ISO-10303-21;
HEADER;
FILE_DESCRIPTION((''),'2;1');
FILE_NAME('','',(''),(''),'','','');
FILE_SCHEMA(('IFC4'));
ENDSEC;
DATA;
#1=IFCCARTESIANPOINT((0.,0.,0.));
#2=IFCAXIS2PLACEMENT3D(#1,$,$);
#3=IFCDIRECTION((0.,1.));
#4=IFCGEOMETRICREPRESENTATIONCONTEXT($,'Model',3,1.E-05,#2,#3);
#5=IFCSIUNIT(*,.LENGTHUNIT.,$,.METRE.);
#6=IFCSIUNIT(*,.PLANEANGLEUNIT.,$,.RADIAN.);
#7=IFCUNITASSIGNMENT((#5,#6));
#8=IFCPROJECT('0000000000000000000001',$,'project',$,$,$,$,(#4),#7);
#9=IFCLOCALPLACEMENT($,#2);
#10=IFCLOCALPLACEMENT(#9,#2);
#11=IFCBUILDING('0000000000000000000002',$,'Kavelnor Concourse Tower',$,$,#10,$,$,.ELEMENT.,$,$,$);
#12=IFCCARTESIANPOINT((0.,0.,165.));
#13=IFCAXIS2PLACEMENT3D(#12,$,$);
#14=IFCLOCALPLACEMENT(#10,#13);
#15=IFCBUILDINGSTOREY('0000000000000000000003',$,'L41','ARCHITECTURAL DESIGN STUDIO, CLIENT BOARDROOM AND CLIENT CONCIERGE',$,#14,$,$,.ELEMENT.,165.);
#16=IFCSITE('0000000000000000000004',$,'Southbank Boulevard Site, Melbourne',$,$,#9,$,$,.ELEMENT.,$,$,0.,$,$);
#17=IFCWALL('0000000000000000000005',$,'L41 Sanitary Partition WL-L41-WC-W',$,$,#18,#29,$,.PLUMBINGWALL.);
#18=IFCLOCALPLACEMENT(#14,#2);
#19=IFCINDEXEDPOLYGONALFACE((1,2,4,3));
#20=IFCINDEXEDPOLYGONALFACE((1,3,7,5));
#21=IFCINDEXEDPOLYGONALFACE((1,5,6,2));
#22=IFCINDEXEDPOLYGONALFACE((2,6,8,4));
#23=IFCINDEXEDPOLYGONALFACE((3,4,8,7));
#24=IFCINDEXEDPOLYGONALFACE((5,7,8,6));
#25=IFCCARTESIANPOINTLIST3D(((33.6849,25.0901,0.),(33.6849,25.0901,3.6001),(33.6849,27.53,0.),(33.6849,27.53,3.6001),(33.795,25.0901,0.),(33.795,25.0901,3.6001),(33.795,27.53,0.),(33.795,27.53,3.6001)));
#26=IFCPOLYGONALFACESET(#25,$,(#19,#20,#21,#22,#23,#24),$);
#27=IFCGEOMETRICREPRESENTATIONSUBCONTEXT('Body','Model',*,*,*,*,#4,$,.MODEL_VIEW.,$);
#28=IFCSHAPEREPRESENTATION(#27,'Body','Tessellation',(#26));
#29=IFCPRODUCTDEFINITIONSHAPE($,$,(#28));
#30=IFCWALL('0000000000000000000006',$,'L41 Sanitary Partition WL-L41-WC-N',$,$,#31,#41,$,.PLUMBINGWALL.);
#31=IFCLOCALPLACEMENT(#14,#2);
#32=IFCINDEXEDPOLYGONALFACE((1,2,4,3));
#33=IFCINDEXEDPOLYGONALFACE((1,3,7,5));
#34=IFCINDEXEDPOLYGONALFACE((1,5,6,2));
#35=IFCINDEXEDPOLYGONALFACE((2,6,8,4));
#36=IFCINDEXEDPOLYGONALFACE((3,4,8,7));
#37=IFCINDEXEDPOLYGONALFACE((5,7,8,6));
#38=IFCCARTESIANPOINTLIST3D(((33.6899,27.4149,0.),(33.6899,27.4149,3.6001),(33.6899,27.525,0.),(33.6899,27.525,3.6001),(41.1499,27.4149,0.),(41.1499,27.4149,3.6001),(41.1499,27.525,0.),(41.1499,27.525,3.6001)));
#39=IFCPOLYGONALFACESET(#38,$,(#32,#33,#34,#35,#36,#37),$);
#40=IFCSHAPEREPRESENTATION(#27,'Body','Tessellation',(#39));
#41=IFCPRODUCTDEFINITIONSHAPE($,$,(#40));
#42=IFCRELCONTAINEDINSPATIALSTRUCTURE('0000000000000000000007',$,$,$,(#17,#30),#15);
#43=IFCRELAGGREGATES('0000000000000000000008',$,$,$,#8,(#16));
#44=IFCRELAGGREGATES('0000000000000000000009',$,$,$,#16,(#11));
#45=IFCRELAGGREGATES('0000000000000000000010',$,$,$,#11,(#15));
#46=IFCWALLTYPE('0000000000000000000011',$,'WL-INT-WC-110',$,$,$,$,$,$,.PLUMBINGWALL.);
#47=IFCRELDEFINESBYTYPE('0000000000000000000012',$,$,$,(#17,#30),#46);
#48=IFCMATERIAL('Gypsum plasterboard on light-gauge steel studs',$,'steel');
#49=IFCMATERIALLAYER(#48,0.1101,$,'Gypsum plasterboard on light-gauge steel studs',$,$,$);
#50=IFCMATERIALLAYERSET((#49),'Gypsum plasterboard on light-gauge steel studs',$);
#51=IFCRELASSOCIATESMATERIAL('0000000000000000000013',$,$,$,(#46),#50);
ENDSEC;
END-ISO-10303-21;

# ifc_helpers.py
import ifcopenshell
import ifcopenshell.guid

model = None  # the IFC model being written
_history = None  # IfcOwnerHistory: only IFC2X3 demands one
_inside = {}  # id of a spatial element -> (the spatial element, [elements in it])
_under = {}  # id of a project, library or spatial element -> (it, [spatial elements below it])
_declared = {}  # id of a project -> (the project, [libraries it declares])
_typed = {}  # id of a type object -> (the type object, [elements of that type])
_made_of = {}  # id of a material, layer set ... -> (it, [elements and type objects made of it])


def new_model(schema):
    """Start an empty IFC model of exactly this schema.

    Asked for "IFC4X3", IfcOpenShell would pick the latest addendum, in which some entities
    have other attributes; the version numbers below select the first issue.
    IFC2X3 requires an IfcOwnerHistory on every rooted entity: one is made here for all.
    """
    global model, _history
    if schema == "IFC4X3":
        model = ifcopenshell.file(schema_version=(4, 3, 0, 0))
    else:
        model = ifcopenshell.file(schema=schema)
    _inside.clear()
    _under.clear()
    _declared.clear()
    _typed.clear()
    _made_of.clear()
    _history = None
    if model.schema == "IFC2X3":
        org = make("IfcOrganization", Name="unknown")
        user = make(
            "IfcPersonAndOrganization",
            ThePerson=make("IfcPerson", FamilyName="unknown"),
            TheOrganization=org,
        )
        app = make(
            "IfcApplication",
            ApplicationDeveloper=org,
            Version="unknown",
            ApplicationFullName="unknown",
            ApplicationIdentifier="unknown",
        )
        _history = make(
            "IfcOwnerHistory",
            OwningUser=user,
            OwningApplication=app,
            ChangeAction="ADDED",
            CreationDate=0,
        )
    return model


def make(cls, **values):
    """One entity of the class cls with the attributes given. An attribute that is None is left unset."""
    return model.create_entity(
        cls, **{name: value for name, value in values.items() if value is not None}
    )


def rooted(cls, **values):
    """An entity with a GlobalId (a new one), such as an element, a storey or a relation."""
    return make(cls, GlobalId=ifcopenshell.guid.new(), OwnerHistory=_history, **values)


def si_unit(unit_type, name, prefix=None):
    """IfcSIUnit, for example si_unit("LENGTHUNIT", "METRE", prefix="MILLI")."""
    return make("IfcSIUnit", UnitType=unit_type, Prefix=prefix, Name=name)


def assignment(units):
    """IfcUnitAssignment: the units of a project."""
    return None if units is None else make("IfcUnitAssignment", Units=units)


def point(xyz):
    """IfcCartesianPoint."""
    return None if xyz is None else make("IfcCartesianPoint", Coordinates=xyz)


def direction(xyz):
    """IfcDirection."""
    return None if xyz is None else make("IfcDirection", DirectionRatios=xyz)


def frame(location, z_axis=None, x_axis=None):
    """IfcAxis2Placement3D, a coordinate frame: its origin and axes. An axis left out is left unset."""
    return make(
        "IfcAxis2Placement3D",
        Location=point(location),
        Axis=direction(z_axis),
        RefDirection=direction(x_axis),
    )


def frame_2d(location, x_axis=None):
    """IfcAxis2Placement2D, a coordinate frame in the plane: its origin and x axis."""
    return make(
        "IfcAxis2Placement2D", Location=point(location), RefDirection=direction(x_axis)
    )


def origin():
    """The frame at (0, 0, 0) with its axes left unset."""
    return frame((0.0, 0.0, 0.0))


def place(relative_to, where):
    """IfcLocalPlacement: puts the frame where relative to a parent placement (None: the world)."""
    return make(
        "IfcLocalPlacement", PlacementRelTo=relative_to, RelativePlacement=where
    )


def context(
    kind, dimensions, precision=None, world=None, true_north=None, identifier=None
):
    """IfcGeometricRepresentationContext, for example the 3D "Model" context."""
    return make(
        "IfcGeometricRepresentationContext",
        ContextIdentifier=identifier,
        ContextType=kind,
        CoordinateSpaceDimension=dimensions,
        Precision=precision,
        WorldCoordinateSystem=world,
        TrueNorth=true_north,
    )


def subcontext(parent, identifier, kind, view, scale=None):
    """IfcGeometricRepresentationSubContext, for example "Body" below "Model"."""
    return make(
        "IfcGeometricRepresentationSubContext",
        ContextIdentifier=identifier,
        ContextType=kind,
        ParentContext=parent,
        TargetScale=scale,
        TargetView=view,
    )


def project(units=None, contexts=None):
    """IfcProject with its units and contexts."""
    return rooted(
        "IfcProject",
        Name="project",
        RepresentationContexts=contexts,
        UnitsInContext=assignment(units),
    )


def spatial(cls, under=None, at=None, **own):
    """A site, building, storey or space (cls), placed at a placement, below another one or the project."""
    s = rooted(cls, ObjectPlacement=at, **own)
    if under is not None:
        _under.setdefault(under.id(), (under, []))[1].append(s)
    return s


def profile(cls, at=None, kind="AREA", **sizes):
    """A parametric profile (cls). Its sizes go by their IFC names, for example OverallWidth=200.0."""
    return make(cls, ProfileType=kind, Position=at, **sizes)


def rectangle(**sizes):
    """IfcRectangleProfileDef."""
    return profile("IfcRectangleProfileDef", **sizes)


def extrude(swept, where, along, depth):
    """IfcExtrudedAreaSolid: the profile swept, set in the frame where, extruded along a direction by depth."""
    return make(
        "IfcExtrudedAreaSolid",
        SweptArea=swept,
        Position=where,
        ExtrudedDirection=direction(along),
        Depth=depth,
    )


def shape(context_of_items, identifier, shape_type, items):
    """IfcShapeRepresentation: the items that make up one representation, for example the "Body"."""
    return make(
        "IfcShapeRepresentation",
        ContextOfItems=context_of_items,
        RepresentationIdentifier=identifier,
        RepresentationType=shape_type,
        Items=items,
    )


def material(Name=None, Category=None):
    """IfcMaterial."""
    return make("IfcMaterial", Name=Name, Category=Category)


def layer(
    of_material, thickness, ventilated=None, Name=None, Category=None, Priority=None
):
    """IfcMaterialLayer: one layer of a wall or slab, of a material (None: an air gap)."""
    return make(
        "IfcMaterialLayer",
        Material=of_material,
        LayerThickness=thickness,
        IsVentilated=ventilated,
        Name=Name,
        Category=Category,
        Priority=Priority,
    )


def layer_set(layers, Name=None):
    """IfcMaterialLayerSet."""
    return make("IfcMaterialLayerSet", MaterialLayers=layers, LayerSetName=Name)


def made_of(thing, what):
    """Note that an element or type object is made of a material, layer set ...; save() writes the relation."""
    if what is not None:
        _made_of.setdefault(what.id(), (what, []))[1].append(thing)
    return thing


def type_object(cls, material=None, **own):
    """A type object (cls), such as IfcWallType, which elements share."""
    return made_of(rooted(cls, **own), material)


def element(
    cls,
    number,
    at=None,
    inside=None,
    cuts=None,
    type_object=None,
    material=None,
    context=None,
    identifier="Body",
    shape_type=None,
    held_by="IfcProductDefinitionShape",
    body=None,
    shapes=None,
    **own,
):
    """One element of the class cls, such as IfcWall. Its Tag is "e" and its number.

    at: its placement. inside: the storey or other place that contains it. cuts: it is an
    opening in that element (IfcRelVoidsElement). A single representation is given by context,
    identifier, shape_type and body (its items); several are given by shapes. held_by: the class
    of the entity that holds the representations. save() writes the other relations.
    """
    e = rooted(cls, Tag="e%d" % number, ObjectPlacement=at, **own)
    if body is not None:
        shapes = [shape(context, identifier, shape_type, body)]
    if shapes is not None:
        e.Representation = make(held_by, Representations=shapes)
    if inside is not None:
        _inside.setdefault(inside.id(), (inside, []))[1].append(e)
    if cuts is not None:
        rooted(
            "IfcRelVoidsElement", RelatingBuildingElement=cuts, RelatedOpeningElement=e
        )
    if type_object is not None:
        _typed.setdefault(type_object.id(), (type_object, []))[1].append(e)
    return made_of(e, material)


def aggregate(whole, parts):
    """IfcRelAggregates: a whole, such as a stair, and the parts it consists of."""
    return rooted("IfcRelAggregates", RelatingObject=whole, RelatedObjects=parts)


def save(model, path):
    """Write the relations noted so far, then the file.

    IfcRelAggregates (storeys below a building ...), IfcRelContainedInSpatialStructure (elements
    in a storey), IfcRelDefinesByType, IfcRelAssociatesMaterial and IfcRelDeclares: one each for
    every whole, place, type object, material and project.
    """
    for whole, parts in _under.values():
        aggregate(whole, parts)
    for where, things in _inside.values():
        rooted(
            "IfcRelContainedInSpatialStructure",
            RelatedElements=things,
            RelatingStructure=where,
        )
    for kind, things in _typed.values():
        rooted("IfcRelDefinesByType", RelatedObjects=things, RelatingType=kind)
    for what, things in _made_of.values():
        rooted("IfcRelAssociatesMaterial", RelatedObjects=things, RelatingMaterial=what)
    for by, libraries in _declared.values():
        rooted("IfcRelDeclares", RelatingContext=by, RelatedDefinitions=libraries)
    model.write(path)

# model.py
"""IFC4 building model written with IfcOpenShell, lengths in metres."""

from ifc_helpers import new_model, si_unit, direction, frame, frame_2d, origin, place, context, subcontext, project, spatial, rectangle, extrude, material, layer, layer_set, type_object, element, save


model = new_model("IFC4")

# Units and contexts
model_context = context("Model", 3, precision=1e-05, world=origin(), true_north=direction((0.0, 1.0)))
body_context = subcontext(model_context, "Body", "Model", "MODEL_VIEW")
ifc_project = project(units=[si_unit("LENGTHUNIT", "METRE"), si_unit("PLANEANGLEUNIT", "RADIAN")], contexts=[model_context])

# Site, building, storey
site_placement = place(None, origin())
site = spatial("IfcSite", under=ifc_project, at=site_placement, Name="Southbank Boulevard Site, Melbourne", CompositionType="ELEMENT", RefElevation=0.0)
building_placement = place(site_placement, origin())
building = spatial("IfcBuilding", under=site, at=building_placement, Name="Kavelnor Concourse Tower", CompositionType="ELEMENT")
storey_placement = place(building_placement, frame((0.0, 0.0, 165.0)))
storey = spatial("IfcBuildingStorey", under=building, at=storey_placement, Name="L41", Description="ARCHITECTURAL DESIGN STUDIO, CLIENT BOARDROOM AND CLIENT CONCIERGE", CompositionType="ELEMENT", Elevation=165.0)

# Shared definitions
ifc_material_1 = material(Name="Gypsum plasterboard on light-gauge steel studs", Category="steel")

# Walls
ifc_layer_1 = layer(ifc_material_1, 0.1101, Name="Gypsum plasterboard on light-gauge steel studs")
ifc_layer_set_1 = layer_set([ifc_layer_1], Name="Gypsum plasterboard on light-gauge steel studs")
wall_type_1 = type_object("IfcWallType", Name="WL-INT-WC-110", PredefinedType="PLUMBINGWALL", material=ifc_layer_set_1)
wall_1_placement = place(storey_placement, frame((33.74, 25.0901, 0.0), z_axis=(0.0, 0.0, 1.0), x_axis=(0.0, 1.0, 0.0)))
element("IfcWall", 1, at=wall_1_placement, inside=storey, type_object=wall_type_1, Name="L41 Sanitary Partition WL-L41-WC-W", PredefinedType="PLUMBINGWALL", context=body_context, shape_type="SweptSolid", body=[
    extrude(rectangle(XDim=2.4399, YDim=0.1101, at=frame_2d((1.22, 0.0))), origin(), (0.0, 0.0, 1.0), 3.6001),
])
wall_2_placement = place(storey_placement, frame((33.6899, 27.47, 0.0), z_axis=(0.0, 0.0, 1.0), x_axis=(1.0, 0.0, 0.0)))
element("IfcWall", 2, at=wall_2_placement, inside=storey, type_object=wall_type_1, Name="L41 Sanitary Partition WL-L41-WC-N", PredefinedType="PLUMBINGWALL", context=body_context, shape_type="SweptSolid", body=[
    extrude(rectangle(XDim=7.46, YDim=0.1101, at=frame_2d((3.73, 0.0))), origin(), (0.0, 0.0, 1.0), 3.6001),
])

save(model, "model.ifc")
